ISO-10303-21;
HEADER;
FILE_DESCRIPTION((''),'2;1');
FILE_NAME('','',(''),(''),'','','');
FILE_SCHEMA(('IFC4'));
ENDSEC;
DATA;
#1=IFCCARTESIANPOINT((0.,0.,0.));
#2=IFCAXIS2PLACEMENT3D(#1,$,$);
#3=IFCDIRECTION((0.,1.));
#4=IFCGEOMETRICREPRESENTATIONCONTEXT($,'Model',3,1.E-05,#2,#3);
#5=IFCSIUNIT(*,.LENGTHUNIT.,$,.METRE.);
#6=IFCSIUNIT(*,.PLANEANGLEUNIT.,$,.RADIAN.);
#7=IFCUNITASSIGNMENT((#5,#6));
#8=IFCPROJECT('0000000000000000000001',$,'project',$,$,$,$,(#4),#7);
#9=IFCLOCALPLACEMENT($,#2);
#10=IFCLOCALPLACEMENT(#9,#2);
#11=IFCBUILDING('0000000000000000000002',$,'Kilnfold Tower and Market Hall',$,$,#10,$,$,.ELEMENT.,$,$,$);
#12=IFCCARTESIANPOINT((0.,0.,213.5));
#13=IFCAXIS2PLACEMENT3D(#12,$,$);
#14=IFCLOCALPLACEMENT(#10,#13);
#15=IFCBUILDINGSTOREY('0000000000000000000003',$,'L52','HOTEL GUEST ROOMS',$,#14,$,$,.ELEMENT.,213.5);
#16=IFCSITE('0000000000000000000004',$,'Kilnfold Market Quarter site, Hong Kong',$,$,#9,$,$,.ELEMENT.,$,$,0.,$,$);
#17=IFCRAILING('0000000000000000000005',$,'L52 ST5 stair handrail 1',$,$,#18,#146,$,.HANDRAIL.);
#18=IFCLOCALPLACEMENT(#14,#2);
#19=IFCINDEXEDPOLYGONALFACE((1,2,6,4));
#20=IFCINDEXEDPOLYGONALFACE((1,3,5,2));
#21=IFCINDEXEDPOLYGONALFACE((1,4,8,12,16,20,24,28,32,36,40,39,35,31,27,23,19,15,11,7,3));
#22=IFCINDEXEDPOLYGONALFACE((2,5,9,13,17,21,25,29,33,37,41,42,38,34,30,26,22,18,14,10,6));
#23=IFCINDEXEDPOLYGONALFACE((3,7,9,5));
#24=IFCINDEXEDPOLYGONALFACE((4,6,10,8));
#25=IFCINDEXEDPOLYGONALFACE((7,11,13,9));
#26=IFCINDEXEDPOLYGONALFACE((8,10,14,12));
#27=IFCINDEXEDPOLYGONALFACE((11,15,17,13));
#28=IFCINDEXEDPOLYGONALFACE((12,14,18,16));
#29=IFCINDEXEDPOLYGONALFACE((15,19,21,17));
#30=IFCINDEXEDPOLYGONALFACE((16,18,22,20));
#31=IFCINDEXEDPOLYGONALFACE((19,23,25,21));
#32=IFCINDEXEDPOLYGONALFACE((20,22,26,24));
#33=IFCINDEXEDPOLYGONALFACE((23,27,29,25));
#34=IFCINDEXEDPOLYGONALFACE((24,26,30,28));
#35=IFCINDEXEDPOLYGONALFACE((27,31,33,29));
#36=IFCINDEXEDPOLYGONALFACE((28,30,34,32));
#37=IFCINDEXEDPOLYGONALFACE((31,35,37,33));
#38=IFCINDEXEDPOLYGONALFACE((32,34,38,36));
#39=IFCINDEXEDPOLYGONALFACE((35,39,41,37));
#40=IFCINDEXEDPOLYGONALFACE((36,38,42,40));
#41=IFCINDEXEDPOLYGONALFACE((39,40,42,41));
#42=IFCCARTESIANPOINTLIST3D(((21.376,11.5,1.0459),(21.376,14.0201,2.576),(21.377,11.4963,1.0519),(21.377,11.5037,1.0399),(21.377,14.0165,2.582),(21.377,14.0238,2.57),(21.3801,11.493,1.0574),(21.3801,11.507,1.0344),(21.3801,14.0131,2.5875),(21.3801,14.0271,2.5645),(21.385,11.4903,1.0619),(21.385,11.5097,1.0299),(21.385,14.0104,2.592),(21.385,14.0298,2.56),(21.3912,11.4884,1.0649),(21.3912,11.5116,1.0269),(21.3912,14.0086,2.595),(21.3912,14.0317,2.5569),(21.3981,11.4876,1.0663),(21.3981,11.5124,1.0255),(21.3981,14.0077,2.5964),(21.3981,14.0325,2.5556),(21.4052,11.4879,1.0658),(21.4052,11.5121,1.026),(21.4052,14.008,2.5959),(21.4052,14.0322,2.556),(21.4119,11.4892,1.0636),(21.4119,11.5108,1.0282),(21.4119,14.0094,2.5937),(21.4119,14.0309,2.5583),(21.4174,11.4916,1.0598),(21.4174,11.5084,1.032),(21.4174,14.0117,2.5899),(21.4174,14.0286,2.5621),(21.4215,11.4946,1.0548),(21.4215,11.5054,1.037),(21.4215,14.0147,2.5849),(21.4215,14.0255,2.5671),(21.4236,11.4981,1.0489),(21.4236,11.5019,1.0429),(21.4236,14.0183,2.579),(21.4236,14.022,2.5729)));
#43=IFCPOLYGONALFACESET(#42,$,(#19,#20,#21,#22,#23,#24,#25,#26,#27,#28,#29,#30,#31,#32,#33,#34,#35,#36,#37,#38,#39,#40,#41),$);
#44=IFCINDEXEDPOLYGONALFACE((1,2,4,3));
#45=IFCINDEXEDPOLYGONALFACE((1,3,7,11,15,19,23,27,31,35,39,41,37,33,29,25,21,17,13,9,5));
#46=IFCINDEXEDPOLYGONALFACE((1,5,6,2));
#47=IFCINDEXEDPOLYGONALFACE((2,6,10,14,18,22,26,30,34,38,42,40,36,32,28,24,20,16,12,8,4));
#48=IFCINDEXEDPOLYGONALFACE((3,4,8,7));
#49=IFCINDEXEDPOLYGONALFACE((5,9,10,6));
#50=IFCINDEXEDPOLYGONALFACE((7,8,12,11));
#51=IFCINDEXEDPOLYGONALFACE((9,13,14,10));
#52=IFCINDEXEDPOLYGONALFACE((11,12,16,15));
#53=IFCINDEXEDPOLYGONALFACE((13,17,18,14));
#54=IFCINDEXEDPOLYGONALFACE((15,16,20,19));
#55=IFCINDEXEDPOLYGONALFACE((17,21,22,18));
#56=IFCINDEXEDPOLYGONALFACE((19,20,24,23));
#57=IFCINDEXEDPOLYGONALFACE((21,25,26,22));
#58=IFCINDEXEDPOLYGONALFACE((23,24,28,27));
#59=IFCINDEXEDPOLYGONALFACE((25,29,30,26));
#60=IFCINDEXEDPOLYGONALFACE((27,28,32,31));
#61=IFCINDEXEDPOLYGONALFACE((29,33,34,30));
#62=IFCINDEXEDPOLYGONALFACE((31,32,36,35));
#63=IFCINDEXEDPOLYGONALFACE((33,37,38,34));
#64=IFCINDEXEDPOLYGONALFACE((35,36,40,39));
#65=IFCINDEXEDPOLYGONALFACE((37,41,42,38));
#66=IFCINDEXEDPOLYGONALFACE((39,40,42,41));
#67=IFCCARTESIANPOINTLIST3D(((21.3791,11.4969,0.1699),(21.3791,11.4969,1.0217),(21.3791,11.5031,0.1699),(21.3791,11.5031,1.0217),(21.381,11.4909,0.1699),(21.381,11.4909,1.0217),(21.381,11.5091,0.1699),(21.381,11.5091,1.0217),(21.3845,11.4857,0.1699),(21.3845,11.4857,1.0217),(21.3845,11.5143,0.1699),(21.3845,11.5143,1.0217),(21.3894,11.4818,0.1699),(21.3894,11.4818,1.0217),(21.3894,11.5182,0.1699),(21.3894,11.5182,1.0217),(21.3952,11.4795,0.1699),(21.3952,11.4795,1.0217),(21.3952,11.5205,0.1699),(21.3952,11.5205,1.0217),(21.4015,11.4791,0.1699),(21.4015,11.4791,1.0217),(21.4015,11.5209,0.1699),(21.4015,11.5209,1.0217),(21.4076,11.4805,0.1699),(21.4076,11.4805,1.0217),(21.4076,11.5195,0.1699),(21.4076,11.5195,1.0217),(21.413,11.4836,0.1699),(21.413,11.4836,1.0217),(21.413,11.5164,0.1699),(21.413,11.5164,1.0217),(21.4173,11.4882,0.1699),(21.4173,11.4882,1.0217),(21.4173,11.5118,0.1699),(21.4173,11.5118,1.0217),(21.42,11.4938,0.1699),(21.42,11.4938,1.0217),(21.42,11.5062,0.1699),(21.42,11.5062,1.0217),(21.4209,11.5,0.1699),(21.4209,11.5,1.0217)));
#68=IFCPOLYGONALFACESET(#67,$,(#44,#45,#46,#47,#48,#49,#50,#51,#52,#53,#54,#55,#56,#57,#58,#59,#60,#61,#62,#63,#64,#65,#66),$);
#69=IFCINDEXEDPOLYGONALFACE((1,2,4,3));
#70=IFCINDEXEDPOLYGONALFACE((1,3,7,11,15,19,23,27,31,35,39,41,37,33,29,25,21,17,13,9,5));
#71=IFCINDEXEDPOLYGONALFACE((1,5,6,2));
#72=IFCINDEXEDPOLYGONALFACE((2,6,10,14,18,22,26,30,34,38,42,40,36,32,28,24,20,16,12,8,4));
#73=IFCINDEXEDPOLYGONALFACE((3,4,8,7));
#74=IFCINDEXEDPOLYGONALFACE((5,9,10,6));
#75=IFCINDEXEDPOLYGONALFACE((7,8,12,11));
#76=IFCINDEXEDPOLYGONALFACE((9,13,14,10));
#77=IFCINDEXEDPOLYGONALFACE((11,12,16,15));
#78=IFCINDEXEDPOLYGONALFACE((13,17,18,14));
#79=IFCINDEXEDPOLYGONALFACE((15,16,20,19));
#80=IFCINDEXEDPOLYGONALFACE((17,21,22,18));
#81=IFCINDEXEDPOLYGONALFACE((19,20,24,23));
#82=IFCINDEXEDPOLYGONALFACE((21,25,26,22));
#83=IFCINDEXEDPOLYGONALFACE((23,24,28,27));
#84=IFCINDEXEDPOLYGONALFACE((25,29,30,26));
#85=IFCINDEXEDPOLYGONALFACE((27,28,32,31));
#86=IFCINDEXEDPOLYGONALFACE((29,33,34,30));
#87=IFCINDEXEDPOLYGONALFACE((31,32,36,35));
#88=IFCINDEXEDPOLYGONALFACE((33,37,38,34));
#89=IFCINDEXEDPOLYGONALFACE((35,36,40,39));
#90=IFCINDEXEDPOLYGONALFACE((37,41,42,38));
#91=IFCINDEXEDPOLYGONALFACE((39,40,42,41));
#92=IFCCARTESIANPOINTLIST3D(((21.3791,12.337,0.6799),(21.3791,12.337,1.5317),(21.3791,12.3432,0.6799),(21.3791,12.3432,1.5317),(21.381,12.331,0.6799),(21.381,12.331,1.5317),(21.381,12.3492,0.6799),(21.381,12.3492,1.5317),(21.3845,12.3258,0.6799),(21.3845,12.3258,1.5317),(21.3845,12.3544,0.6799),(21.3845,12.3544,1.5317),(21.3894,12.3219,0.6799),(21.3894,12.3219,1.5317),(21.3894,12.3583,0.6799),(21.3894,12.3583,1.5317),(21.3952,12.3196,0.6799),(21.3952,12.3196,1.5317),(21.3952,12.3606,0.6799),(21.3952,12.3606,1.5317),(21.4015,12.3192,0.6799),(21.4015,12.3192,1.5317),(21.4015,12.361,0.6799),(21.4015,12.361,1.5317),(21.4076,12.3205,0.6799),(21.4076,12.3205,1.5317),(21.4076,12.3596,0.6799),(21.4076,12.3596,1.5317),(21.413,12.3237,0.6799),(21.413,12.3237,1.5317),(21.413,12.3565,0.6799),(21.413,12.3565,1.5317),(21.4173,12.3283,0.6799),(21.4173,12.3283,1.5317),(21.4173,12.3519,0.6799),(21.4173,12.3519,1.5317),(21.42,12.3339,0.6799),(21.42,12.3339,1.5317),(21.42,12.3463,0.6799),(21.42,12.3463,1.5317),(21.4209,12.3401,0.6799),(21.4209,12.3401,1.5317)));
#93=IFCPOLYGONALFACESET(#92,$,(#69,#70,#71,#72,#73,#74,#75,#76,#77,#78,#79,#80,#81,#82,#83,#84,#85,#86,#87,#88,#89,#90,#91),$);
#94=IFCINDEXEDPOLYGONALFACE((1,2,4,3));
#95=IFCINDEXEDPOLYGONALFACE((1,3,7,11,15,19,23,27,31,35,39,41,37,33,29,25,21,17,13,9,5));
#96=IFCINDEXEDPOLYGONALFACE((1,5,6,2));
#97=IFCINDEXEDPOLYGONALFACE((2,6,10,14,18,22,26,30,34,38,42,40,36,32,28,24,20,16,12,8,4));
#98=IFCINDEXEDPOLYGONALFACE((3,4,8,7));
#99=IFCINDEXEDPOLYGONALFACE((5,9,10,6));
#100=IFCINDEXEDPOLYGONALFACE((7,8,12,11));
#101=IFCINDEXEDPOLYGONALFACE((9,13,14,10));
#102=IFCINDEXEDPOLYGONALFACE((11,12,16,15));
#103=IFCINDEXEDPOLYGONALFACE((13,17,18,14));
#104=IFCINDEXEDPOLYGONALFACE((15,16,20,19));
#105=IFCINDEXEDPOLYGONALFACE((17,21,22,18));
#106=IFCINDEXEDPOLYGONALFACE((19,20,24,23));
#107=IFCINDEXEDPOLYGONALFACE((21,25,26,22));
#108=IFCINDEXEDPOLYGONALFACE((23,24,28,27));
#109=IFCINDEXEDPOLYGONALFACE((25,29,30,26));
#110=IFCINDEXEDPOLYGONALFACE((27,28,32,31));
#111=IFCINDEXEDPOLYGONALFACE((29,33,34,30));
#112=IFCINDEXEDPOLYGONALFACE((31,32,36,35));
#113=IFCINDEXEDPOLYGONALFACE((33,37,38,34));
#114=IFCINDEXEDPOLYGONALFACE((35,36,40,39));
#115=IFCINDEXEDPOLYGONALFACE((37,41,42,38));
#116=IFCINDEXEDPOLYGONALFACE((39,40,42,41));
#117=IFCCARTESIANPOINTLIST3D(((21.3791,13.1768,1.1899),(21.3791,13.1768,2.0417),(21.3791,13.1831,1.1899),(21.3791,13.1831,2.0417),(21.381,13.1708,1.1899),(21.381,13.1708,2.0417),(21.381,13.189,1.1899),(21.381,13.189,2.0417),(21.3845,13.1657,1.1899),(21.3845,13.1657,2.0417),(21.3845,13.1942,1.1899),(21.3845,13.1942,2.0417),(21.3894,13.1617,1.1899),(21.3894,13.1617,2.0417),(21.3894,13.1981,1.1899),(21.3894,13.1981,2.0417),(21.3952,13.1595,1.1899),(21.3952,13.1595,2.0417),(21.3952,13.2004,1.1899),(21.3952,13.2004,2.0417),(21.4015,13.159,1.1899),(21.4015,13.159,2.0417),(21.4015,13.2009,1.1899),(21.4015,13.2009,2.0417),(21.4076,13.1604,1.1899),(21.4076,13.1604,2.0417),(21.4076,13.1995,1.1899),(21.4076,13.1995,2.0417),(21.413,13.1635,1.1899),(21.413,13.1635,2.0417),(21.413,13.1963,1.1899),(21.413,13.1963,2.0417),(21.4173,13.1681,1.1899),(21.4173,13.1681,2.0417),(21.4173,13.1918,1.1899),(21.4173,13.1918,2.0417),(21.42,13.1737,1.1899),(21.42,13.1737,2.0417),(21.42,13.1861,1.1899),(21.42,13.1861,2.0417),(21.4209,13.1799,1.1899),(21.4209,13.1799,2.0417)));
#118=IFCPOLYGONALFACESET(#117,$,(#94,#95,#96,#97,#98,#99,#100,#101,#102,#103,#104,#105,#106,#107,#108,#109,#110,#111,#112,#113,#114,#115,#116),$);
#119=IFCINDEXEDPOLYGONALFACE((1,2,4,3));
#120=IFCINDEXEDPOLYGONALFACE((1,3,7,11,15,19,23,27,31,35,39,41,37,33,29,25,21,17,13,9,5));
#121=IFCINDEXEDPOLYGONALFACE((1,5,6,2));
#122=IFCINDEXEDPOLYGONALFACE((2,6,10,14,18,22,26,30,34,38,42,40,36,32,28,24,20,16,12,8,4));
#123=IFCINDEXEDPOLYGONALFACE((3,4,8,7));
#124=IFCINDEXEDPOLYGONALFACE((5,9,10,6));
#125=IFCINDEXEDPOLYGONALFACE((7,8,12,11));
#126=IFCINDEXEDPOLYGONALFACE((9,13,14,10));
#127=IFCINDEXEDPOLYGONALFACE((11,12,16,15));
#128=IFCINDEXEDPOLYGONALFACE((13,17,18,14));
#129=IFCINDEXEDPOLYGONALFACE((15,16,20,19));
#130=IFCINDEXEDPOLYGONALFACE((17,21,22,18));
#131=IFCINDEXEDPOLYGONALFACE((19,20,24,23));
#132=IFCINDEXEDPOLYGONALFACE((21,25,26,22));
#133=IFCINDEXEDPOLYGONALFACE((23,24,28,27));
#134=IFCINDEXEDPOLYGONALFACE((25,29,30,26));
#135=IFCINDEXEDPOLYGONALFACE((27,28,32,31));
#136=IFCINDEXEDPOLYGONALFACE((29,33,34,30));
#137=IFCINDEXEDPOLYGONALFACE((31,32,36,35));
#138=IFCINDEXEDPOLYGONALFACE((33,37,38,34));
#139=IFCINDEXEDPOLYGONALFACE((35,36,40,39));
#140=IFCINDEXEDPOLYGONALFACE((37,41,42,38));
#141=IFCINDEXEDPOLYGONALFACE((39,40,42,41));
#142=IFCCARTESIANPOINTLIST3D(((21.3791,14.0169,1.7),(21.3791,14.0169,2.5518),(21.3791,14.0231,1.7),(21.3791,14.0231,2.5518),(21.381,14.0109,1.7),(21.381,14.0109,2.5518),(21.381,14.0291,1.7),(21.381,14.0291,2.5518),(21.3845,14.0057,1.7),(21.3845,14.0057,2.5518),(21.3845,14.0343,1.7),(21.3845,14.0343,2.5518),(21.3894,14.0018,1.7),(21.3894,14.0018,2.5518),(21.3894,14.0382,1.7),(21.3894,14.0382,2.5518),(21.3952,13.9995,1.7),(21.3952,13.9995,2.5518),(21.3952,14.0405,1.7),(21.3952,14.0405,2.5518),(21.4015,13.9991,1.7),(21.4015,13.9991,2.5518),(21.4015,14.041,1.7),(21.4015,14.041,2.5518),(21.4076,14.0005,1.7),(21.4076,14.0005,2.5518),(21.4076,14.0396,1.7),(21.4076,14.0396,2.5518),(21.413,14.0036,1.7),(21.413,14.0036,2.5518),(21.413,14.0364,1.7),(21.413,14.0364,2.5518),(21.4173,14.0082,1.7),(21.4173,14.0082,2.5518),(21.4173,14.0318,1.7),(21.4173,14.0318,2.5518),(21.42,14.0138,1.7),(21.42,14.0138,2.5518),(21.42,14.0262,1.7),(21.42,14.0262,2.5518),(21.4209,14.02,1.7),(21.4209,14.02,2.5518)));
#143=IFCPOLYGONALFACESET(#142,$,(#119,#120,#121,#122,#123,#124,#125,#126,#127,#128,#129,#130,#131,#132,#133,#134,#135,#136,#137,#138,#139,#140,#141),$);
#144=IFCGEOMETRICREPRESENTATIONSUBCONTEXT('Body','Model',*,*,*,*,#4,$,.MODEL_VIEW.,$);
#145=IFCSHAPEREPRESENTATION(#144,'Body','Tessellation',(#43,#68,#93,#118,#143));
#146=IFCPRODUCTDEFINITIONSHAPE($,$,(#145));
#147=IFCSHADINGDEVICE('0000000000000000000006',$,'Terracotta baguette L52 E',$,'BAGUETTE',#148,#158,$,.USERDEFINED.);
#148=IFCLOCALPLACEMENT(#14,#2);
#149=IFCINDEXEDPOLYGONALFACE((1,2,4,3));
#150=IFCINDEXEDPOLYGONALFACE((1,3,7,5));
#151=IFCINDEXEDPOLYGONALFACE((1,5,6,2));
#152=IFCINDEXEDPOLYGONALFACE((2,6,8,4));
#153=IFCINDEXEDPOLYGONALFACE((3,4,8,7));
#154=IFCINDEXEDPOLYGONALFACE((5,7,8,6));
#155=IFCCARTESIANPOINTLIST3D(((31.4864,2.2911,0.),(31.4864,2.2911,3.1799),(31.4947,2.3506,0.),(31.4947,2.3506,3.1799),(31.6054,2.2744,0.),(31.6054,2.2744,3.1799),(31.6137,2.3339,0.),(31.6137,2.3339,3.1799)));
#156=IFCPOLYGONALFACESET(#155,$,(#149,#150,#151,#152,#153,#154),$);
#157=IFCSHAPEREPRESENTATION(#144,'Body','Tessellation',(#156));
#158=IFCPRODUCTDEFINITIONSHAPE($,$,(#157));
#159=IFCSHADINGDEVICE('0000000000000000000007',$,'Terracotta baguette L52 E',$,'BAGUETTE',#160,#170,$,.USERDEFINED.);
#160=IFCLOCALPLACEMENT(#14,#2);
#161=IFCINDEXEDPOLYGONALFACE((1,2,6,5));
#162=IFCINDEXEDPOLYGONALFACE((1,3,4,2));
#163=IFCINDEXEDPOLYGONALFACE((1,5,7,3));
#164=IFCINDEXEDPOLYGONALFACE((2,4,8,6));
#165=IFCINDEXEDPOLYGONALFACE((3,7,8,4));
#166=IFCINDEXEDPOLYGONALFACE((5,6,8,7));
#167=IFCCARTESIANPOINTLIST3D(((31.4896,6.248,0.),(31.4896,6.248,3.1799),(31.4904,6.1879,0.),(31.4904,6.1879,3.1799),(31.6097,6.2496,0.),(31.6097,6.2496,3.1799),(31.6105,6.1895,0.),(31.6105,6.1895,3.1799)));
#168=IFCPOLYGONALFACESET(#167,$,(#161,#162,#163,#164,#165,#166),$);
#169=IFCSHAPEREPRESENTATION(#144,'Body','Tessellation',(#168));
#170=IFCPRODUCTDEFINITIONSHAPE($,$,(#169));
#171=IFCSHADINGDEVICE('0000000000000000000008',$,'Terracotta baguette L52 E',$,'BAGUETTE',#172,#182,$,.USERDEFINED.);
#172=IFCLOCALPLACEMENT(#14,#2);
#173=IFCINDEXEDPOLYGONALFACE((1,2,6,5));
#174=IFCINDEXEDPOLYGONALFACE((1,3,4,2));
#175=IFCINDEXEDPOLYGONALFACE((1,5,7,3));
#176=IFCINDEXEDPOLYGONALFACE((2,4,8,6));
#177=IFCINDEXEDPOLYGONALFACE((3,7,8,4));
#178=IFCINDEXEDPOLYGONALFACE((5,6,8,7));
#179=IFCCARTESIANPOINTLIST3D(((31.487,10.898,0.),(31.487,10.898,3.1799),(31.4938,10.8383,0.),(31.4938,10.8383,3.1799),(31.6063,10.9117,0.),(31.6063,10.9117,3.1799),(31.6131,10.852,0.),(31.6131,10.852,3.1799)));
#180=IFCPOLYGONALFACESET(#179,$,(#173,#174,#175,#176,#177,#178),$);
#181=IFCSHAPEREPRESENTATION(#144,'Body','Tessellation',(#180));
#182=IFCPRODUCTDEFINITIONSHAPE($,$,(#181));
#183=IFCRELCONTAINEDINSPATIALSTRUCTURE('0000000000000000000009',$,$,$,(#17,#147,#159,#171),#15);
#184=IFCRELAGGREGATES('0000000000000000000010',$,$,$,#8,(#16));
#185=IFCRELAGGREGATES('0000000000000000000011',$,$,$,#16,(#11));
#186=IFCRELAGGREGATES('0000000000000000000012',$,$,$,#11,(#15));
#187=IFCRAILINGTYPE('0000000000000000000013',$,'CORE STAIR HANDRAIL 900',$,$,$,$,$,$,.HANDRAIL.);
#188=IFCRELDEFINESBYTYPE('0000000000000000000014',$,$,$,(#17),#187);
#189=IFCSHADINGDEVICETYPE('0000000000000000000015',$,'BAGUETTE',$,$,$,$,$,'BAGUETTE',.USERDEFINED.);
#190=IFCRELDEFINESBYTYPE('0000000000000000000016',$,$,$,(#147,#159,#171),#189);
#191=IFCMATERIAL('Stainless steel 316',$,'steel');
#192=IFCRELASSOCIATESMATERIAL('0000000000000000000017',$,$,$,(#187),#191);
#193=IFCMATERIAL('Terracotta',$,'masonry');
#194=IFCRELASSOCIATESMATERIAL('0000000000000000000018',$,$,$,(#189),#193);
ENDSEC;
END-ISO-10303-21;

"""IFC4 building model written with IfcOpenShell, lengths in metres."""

from ifc_helpers import new_model, si_unit, direction, frame, origin, origin_2d, place, context, subcontext, project, spatial, rectangle, circle, extrude, source, transform, mapped, material, material_profile, profile_set, type_object, element, save


model = new_model("IFC4")

# Units and contexts
model_context = context("Model", 3, precision=1e-05, world=origin(), true_north=direction((0.0, 1.0)))
body_context = subcontext(model_context, "Body", "Model", "MODEL_VIEW")
ifc_project = project(units=[si_unit("LENGTHUNIT", "METRE"), si_unit("PLANEANGLEUNIT", "RADIAN")], contexts=[model_context])

# Site, building, storey
site_placement = place(None, origin())
site = spatial("IfcSite", under=ifc_project, at=site_placement, Name="Kilnfold Market Quarter site, Hong Kong", CompositionType="ELEMENT", RefElevation=0.0)
building_placement = place(site_placement, origin())
building = spatial("IfcBuilding", under=site, at=building_placement, Name="Kilnfold Tower and Market Hall", CompositionType="ELEMENT")
storey_placement = place(building_placement, frame((0.0, 0.0, 213.5)))
storey = spatial("IfcBuildingStorey", under=building, at=storey_placement, Name="L52", Description="HOTEL GUEST ROOMS", CompositionType="ELEMENT", Elevation=213.5)

# Railing
ifc_material_1 = material(Name="Stainless steel 316", Category="steel")
railing_type = type_object("IfcRailingType", Name="CORE STAIR HANDRAIL 900", PredefinedType="HANDRAIL", material=ifc_material_1)
railing_placement = place(storey_placement, frame((21.3999, 11.5, 0.1699)))
element("IfcRailing", 1, at=railing_placement, inside=storey, type_object=railing_type, Name="L52 ST5 stair handrail 1", PredefinedType="HANDRAIL", context=body_context, shape_type="SweptSolid", body=[
    extrude(circle(Radius=0.0239, at=origin_2d()), frame((0.0, 0.0, 0.876), z_axis=(0.0, 0.854785, 0.518982), x_axis=(-1.0, 0.0, 0.0)), (0.0, 0.0, 1.0), 2.9482),
    extrude(circle(Radius=0.021, at=origin_2d()), origin(), (0.0, 0.0, 1.0), 0.8518),
    extrude(circle(Radius=0.021, at=origin_2d()), frame((0.0, 0.8401, 0.51)), (0.0, 0.0, 1.0), 0.8518),
    extrude(circle(Radius=0.021, at=origin_2d()), frame((0.0, 1.6799, 1.02)), (0.0, 0.0, 1.0), 0.8518),
    extrude(circle(Radius=0.021, at=origin_2d()), frame((0.0, 2.52, 1.53)), (0.0, 0.0, 1.0), 0.8518),
])

# Shading devices
ifc_material_2 = material(Name="Terracotta", Category="masonry")
ifc_material_profile_1 = material_profile(ifc_material_2, rectangle(XDim=0.0601, YDim=0.1201, at=origin_2d()), Name="BAG 60x120")
ifc_profile_set_1 = profile_set([ifc_material_profile_1], Name="Terracotta")
shading_device_type = type_object("IfcShadingDeviceType", Name="BAGUETTE", ElementType="BAGUETTE", PredefinedType="USERDEFINED", material=ifc_profile_set_1)
shared_shape_1 = source(origin(), body_context, "Body", "SweptSolid", [
    extrude(rectangle(XDim=0.0601, YDim=0.1201, at=origin_2d()), origin(), (0.0, 0.0, 1.0), 3.1799),
])
for number, where, z_axis, x_axis, name in (
    (2, (31.55, 2.3125, 0.0), (0.0, 0.0, 1.0), (0.138618, 0.990346, 0.0), "Terracotta baguette L52 E"),
    (3, (31.55, 6.2188, 0.0), (0.0, 0.0, 1.0), (-0.012924, 0.999916, 0.0), "Terracotta baguette L52 E"),
    (4, (31.55, 10.875, 0.0), (0.0, 0.0, 1.0), (-0.114067, 0.993473, 0.0), "Terracotta baguette L52 E"),
):
    element("IfcShadingDevice", number, at=place(storey_placement, frame(where, z_axis=z_axis, x_axis=x_axis)), inside=storey, type_object=shading_device_type, Name=name, ObjectType="BAGUETTE", PredefinedType="USERDEFINED", context=body_context, shape_type="MappedRepresentation", body=[
        mapped(shared_shape_1, transform((0.0, 0.0, 0.0))),
    ])

save(model, "model.ifc")
